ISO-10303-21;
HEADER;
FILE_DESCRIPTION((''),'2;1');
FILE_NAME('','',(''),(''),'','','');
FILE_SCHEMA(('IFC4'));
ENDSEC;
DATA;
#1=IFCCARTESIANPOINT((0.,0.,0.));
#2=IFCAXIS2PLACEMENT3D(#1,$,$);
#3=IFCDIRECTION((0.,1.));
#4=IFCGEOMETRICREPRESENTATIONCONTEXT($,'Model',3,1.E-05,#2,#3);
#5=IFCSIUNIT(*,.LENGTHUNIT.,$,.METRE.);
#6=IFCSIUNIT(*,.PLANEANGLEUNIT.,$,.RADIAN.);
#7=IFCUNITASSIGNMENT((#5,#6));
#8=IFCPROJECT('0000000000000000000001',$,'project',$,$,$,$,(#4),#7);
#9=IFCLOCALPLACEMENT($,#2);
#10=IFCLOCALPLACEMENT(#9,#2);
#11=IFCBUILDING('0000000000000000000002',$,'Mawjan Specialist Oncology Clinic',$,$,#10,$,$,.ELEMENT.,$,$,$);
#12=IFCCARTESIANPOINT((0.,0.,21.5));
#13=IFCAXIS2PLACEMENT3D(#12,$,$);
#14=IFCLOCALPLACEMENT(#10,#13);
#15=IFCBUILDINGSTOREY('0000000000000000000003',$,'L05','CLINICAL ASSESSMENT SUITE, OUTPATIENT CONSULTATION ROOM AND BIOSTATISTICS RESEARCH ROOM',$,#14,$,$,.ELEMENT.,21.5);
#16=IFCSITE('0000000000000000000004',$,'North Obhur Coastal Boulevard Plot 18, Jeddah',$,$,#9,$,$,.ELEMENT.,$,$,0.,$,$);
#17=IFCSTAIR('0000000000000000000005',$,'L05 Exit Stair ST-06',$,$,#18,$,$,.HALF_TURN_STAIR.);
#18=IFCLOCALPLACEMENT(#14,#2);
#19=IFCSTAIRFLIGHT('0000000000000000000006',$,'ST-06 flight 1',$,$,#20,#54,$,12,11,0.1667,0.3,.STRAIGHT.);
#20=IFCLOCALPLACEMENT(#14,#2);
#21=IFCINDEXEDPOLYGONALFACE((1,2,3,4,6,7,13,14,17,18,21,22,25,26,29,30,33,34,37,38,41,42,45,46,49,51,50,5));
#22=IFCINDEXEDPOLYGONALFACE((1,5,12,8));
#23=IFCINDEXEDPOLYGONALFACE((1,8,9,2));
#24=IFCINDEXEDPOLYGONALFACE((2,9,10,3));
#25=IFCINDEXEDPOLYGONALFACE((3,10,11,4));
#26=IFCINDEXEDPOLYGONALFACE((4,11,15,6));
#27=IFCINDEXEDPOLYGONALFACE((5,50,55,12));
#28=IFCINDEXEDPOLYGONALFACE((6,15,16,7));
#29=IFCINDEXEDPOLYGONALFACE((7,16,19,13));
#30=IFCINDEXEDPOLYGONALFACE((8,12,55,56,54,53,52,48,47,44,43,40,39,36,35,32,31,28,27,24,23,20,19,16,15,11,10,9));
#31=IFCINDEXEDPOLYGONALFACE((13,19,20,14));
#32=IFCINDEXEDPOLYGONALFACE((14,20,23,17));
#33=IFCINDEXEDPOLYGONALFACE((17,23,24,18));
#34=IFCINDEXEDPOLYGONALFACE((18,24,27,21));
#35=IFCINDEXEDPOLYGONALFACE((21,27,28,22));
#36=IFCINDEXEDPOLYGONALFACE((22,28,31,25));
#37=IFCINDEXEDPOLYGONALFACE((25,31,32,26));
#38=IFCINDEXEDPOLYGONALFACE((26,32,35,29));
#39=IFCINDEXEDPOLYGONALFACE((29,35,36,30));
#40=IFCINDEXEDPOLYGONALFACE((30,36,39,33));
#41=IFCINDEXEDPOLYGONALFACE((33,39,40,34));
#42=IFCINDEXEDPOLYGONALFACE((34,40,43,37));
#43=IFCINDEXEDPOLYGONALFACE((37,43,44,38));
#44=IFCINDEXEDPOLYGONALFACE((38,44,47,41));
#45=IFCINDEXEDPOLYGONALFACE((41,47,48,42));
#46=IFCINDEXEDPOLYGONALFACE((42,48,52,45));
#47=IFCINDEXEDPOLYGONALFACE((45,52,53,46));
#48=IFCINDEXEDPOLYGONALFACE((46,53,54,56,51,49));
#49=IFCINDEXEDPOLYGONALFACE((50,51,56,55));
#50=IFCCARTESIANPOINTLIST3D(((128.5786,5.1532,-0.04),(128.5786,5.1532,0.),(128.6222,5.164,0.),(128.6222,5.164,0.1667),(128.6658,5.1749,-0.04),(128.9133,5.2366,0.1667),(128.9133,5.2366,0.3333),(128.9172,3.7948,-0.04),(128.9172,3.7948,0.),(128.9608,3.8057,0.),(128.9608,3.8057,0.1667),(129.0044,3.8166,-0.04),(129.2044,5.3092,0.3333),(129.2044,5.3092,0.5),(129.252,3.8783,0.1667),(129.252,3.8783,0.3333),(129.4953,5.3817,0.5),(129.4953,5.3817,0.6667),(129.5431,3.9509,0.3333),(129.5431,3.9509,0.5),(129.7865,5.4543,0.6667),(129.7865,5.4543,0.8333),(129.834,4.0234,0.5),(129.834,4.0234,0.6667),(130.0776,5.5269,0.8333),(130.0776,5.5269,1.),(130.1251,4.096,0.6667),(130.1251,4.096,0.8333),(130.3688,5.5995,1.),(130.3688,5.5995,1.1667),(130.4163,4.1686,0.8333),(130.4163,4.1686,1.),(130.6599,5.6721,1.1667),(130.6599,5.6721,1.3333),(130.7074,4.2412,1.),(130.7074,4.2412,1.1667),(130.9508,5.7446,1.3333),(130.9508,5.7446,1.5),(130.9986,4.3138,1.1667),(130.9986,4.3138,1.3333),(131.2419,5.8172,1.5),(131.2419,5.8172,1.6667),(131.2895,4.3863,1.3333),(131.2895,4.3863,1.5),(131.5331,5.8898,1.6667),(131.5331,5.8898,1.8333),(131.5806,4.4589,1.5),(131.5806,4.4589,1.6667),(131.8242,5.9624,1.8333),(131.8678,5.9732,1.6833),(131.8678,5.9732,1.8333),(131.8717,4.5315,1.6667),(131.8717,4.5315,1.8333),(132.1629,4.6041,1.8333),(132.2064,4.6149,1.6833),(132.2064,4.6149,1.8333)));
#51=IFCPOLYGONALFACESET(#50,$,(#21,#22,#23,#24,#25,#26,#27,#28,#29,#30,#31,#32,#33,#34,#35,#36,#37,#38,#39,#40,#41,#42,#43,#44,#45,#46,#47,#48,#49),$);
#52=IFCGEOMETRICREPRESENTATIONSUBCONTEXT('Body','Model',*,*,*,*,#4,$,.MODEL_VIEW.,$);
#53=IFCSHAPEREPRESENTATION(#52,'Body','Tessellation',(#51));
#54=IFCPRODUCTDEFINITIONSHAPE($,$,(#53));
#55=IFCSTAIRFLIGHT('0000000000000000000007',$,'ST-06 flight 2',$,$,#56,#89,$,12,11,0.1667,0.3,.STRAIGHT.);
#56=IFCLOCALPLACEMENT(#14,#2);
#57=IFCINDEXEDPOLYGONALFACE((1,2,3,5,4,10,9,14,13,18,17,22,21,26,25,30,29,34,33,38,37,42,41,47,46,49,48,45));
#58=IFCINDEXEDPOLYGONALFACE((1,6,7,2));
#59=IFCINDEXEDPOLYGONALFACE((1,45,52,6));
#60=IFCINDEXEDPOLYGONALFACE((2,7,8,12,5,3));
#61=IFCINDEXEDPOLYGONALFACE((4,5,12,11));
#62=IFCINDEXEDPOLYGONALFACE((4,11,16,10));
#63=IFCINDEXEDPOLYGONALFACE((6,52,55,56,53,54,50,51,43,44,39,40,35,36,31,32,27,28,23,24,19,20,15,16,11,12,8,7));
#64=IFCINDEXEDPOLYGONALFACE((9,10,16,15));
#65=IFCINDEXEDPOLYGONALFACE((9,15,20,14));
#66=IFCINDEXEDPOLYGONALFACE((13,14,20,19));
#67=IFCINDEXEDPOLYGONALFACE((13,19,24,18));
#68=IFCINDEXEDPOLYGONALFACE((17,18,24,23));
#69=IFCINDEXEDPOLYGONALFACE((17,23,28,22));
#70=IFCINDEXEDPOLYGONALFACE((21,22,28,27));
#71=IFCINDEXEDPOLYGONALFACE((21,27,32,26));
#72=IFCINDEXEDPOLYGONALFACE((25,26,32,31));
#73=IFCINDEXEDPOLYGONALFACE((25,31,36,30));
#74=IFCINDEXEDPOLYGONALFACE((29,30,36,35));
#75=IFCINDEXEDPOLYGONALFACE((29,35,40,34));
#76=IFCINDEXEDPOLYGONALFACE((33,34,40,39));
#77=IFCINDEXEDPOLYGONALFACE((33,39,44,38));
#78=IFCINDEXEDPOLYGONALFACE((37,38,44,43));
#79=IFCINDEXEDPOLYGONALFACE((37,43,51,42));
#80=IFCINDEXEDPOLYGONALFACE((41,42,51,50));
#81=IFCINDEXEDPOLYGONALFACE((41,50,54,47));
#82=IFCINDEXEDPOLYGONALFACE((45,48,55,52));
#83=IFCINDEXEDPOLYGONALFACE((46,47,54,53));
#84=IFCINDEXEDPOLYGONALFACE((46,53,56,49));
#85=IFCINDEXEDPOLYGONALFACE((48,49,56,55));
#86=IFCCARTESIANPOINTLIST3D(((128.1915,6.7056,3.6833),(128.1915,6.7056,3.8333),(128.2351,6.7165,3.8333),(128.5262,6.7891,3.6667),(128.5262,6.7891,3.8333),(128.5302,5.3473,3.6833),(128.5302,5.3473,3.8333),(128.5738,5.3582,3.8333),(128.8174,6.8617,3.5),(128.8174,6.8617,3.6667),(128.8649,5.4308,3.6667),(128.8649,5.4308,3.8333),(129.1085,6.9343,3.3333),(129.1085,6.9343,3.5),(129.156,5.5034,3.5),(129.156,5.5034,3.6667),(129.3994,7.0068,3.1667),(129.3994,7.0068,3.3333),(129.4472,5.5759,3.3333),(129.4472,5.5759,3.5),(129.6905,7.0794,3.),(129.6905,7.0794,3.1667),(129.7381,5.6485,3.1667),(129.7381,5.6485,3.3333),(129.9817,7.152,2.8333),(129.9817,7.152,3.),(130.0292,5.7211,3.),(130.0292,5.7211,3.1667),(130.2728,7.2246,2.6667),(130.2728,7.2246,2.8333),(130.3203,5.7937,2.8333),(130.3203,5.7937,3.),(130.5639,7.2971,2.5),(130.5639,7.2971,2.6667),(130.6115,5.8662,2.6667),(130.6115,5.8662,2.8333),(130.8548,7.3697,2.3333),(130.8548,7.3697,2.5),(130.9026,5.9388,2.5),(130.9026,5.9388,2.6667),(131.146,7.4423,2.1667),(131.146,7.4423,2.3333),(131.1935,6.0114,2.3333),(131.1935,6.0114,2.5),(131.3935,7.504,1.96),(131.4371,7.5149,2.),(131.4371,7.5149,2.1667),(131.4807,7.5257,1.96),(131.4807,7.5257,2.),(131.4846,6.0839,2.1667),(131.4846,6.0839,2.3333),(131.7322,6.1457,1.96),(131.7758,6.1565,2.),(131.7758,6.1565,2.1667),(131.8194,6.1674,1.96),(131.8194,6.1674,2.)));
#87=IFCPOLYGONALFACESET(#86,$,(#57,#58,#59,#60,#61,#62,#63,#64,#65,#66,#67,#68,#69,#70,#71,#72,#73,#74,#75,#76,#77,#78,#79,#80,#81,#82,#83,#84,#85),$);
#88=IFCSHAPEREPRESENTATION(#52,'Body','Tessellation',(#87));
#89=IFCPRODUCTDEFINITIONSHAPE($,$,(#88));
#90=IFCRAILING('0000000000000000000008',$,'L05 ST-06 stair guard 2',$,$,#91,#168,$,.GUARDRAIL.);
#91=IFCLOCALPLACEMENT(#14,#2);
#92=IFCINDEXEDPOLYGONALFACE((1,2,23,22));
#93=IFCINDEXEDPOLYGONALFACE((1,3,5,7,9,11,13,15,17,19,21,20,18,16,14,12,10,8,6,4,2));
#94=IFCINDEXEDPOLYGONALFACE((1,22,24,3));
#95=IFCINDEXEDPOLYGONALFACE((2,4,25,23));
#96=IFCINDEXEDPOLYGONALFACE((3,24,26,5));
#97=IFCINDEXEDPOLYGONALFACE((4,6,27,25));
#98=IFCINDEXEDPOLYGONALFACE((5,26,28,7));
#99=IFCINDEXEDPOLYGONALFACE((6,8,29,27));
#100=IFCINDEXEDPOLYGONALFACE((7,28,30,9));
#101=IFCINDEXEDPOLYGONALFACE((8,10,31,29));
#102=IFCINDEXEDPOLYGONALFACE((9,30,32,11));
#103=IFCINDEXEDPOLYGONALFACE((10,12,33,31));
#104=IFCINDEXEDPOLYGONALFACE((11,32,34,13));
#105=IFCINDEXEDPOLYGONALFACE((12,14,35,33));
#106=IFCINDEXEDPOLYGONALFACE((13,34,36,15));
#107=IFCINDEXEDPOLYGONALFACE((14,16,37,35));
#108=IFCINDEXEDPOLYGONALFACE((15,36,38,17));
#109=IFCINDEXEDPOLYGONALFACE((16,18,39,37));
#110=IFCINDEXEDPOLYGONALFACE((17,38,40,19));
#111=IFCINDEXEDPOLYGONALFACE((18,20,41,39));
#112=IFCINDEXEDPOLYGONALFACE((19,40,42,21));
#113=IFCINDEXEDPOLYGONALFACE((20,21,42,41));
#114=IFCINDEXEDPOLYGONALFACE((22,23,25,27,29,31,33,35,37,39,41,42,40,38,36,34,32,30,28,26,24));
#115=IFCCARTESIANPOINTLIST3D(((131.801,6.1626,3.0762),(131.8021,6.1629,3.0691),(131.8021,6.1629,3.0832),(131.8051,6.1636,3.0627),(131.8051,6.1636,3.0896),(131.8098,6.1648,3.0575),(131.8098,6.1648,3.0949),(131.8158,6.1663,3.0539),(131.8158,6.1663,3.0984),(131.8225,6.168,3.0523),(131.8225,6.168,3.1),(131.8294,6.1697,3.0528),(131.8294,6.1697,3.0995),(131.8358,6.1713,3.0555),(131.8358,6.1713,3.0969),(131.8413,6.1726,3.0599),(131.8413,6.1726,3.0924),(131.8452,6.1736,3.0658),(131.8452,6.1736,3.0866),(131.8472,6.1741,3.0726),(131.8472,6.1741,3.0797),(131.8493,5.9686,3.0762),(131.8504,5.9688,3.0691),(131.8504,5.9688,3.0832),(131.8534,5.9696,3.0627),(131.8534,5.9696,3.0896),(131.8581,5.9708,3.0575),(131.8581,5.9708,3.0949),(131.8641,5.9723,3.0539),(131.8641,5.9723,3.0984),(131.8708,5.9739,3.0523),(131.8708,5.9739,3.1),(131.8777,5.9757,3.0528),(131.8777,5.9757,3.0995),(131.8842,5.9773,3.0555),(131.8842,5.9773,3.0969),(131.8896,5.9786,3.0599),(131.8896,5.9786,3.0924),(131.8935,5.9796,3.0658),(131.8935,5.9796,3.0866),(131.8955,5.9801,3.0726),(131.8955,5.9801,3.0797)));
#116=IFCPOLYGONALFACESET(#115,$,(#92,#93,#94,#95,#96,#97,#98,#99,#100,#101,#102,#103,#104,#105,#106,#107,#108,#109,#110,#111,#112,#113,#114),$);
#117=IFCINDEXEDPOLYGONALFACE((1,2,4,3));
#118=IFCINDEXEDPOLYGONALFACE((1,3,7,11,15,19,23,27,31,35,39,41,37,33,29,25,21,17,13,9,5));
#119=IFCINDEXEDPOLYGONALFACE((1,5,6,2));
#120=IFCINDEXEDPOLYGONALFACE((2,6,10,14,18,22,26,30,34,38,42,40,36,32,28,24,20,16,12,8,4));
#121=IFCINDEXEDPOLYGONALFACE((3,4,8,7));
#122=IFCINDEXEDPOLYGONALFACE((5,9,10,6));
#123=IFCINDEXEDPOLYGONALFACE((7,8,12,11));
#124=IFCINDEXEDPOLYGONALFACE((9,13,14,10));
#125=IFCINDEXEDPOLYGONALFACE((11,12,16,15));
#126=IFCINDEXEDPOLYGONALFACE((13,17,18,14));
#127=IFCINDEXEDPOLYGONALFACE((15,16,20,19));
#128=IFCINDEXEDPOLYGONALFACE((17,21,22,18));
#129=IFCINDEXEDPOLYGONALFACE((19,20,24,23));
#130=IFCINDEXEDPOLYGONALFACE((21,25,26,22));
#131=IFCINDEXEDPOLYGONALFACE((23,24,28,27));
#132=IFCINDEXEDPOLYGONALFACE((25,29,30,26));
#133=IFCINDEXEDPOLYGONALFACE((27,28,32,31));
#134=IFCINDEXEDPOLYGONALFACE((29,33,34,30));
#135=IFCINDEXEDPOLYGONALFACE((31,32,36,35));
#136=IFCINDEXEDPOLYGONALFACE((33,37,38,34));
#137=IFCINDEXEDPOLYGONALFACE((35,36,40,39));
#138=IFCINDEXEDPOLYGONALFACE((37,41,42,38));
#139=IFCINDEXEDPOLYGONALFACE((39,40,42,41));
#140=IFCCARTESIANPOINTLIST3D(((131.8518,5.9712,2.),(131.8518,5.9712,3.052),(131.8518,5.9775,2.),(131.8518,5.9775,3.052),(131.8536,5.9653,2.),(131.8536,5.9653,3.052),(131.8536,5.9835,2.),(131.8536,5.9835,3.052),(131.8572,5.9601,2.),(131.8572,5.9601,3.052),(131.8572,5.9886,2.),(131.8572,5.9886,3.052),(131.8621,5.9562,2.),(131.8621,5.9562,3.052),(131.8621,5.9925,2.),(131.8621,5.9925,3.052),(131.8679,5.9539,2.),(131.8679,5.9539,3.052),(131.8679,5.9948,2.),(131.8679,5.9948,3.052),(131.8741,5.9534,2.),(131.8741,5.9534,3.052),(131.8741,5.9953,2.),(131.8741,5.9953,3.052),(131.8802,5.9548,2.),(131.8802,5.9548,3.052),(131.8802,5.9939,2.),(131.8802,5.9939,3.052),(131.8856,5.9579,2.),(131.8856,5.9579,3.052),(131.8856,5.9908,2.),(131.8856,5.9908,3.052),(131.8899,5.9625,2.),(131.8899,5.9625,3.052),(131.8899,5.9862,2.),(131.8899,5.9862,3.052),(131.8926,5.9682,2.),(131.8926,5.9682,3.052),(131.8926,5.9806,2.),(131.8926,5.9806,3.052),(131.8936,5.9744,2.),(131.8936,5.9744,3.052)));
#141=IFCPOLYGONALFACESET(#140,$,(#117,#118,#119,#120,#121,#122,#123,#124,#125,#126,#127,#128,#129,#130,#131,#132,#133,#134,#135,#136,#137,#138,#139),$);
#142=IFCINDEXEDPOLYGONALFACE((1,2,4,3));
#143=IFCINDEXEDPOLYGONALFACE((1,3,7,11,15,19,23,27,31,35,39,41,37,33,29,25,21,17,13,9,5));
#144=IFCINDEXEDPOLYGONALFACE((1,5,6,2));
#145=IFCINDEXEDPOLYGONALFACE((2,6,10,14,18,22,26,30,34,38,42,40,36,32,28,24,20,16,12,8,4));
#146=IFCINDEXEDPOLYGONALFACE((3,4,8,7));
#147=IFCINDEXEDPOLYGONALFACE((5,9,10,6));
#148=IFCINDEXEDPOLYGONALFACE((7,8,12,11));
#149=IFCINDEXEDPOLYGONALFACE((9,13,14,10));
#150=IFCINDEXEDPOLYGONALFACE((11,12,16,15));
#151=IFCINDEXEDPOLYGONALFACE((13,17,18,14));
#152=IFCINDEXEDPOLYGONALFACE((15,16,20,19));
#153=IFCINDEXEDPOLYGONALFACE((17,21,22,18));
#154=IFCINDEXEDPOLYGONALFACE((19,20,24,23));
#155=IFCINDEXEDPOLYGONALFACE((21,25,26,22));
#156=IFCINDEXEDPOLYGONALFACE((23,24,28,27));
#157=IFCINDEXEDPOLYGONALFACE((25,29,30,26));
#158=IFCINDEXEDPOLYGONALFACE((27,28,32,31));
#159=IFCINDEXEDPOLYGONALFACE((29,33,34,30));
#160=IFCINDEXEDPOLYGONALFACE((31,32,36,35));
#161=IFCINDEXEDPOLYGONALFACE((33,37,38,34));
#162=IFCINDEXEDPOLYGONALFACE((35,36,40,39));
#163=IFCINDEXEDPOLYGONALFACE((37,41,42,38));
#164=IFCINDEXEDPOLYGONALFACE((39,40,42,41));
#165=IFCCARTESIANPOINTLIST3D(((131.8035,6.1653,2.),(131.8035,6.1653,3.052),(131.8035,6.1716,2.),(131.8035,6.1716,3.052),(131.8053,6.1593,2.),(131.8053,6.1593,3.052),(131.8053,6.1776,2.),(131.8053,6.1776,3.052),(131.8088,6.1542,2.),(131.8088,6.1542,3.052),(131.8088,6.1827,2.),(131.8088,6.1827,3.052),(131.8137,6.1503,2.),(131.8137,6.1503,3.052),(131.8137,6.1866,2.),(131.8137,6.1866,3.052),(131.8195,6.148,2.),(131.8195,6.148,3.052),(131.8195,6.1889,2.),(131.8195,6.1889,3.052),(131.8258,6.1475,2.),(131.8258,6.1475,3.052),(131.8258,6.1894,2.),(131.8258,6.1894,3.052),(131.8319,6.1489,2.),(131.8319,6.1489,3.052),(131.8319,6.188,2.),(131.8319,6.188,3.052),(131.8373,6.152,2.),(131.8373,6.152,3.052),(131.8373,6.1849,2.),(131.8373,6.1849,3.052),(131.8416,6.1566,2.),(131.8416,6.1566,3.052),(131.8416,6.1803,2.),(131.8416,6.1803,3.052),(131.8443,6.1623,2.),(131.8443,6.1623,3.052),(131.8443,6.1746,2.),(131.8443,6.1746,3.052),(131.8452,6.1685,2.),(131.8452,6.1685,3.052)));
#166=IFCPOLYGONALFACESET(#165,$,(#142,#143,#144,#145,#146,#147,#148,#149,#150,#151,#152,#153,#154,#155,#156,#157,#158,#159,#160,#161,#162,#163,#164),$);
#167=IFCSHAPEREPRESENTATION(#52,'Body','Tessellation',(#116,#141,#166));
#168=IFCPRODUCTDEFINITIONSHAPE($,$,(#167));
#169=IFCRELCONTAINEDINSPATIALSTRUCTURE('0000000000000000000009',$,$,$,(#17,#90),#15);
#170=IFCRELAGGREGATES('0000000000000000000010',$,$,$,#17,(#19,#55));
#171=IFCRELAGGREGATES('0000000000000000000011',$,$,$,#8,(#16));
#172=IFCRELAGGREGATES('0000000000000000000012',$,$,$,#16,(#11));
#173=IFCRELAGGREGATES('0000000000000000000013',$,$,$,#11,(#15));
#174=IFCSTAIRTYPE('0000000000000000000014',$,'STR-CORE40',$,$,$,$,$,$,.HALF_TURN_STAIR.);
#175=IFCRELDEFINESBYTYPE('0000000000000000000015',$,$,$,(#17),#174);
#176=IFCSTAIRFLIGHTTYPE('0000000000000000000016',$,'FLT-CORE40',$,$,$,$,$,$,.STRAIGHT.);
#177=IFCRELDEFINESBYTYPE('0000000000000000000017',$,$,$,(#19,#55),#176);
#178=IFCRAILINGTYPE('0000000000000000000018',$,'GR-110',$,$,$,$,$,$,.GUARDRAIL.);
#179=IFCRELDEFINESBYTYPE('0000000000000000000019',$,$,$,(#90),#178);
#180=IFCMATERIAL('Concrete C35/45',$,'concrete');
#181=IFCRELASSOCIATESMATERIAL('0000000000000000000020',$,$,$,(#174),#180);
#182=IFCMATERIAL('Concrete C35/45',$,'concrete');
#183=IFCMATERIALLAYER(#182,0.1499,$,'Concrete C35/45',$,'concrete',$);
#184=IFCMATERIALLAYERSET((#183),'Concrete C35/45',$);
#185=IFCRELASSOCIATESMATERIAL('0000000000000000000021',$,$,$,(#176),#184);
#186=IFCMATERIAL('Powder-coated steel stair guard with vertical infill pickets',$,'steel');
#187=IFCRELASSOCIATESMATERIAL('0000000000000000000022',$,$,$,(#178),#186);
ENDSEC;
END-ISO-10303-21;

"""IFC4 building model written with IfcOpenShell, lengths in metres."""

from ifc_helpers import new_model, si_unit, direction, frame, origin, origin_2d, place, context, subcontext, project, spatial, polyline, circle, outline, extrude, material, layer, layer_set, type_object, element, aggregate, save


model = new_model("IFC4")

# Units and contexts
model_context = context("Model", 3, precision=1e-05, world=origin(), true_north=direction((0.0, 1.0)))
body_context = subcontext(model_context, "Body", "Model", "MODEL_VIEW")
ifc_project = project(units=[si_unit("LENGTHUNIT", "METRE"), si_unit("PLANEANGLEUNIT", "RADIAN")], contexts=[model_context])

# Site, building, storey
site_placement = place(None, origin())
site = spatial("IfcSite", under=ifc_project, at=site_placement, Name="North Obhur Coastal Boulevard Plot 18, Jeddah", CompositionType="ELEMENT", RefElevation=0.0)
building_placement = place(site_placement, origin())
building = spatial("IfcBuilding", under=site, at=building_placement, Name="Mawjan Specialist Oncology Clinic", CompositionType="ELEMENT")
storey_placement = place(building_placement, frame((0.0, 0.0, 21.5)))
storey = spatial("IfcBuildingStorey", under=building, at=storey_placement, Name="L05", Description="CLINICAL ASSESSMENT SUITE, OUTPATIENT CONSULTATION ROOM AND BIOSTATISTICS RESEARCH ROOM", CompositionType="ELEMENT", Elevation=21.5)

# Stair, stair flights
ifc_material_1 = material(Name="Concrete C35/45", Category="concrete")
stair_type = type_object("IfcStairType", Name="STR-CORE40", PredefinedType="HALF_TURN_STAIR", material=ifc_material_1)
stair_placement = place(storey_placement, origin())
stair = element("IfcStair", 1, at=stair_placement, inside=storey, type_object=stair_type, Name="L05 Exit Stair ST-06", PredefinedType="HALF_TURN_STAIR")
ifc_material_2 = material(Name="Concrete C35/45", Category="concrete")
ifc_layer_1 = layer(ifc_material_2, 0.1499, Name="Concrete C35/45", Category="concrete")
ifc_layer_set_1 = layer_set([ifc_layer_1], Name="Concrete C35/45")
stair_flight_type = type_object("IfcStairFlightType", Name="FLT-CORE40", PredefinedType="STRAIGHT", material=ifc_layer_set_1)
stair_flight_1_placement = place(storey_placement, frame((128.7915, 4.4849, 0.0), z_axis=(0.0, 0.0, 1.0), x_axis=(0.970296, 0.241922, 0.0)))
stair_flight_1 = element("IfcStairFlight", 2, at=stair_flight_1_placement, type_object=stair_flight_type, Name="ST-06 flight 1", NumberOfRisers=12, NumberOfTreads=11, PredefinedType="STRAIGHT", RiserHeight=0.1667, TreadLength=0.3, context=body_context, shape_type="SweptSolid", body=[
    extrude(outline(polyline([(-0.0449, -0.04), (-0.0449, 0.0), (0.0, 0.0), (0.0, 0.1667), (0.3, 0.1667), (0.3, 0.3333), (0.6001, 0.3333), (0.6001, 0.5), (0.8999, 0.5), (0.8999, 0.6667), (1.2, 0.6667), (1.2, 0.8333), (1.5, 0.8333), (1.5, 1.0), (1.8, 1.0), (1.8, 1.1667), (2.1001, 1.1667), (2.1001, 1.3333), (2.3999, 1.3333), (2.3999, 1.5), (2.7, 1.5), (2.7, 1.6667), (3.0, 1.6667), (3.0, 1.8333), (3.3, 1.8333), (3.345, 1.8333), (3.345, 1.6833), (0.0449, -0.04), (-0.0449, -0.04)])), frame((0.0, 0.7, 0.0), z_axis=(0.0, -1.0, 0.0), x_axis=(1.0, 0.0, 0.0)), (0.0, 0.0, 1.0), 1.3999),
])
stair_flight_2_placement = place(storey_placement, frame((131.6064, 6.8357, 2.0), z_axis=(0.0, 0.0, 1.0), x_axis=(-0.970296, -0.241922, 0.0)))
stair_flight_2 = element("IfcStairFlight", 3, at=stair_flight_2_placement, type_object=stair_flight_type, Name="ST-06 flight 2", NumberOfRisers=12, NumberOfTreads=11, PredefinedType="STRAIGHT", RiserHeight=0.1667, TreadLength=0.3, context=body_context, shape_type="SweptSolid", body=[
    extrude(outline(polyline([(-0.0449, -0.04), (-0.0449, 0.0), (0.0, 0.0), (0.0, 0.1667), (0.3, 0.1667), (0.3, 0.3333), (0.6001, 0.3333), (0.6001, 0.5), (0.8999, 0.5), (0.8999, 0.6667), (1.2, 0.6667), (1.2, 0.8333), (1.5, 0.8333), (1.5, 1.0), (1.8, 1.0), (1.8, 1.1667), (2.1001, 1.1667), (2.1001, 1.3333), (2.3999, 1.3333), (2.3999, 1.5), (2.7, 1.5), (2.7, 1.6667), (3.0, 1.6667), (3.0, 1.8333), (3.3, 1.8333), (3.345, 1.8333), (3.345, 1.6833), (0.0449, -0.04), (-0.0449, -0.04)])), frame((0.0, 0.7, 0.0), z_axis=(0.0, -1.0, 0.0), x_axis=(1.0, 0.0, 0.0)), (0.0, 0.0, 1.0), 1.3999),
])
aggregate(stair, [stair_flight_1, stair_flight_2])

# Railing
ifc_material_3 = material(Name="Powder-coated steel stair guard with vertical infill pickets", Category="steel")
railing_type_1 = type_object("IfcRailingType", Name="GR-110", PredefinedType="GUARDRAIL", material=ifc_material_3)
railing_1_placement = place(storey_placement, frame((131.8726, 5.9744, 2.0)))
element("IfcRailing", 4, at=railing_1_placement, inside=storey, type_object=railing_type_1, Name="L05 ST-06 stair guard 2", PredefinedType="GUARDRAIL", context=body_context, shape_type="SweptSolid", body=[
    extrude(circle(Radius=0.0239, at=origin_2d()), frame((0.0, 0.0, 1.0762), z_axis=(-0.241674, 0.970358, 0.0), x_axis=(-0.970358, -0.241674, 0.0)), (0.0, 0.0, 1.0), 0.2),
    extrude(circle(Radius=0.021, at=origin_2d()), origin(), (0.0, 0.0, 1.0), 1.052),
    extrude(circle(Radius=0.021, at=origin_2d()), frame((-0.0483, 0.1941, 0.0)), (0.0, 0.0, 1.0), 1.052),
])

save(model, "model.ifc")
